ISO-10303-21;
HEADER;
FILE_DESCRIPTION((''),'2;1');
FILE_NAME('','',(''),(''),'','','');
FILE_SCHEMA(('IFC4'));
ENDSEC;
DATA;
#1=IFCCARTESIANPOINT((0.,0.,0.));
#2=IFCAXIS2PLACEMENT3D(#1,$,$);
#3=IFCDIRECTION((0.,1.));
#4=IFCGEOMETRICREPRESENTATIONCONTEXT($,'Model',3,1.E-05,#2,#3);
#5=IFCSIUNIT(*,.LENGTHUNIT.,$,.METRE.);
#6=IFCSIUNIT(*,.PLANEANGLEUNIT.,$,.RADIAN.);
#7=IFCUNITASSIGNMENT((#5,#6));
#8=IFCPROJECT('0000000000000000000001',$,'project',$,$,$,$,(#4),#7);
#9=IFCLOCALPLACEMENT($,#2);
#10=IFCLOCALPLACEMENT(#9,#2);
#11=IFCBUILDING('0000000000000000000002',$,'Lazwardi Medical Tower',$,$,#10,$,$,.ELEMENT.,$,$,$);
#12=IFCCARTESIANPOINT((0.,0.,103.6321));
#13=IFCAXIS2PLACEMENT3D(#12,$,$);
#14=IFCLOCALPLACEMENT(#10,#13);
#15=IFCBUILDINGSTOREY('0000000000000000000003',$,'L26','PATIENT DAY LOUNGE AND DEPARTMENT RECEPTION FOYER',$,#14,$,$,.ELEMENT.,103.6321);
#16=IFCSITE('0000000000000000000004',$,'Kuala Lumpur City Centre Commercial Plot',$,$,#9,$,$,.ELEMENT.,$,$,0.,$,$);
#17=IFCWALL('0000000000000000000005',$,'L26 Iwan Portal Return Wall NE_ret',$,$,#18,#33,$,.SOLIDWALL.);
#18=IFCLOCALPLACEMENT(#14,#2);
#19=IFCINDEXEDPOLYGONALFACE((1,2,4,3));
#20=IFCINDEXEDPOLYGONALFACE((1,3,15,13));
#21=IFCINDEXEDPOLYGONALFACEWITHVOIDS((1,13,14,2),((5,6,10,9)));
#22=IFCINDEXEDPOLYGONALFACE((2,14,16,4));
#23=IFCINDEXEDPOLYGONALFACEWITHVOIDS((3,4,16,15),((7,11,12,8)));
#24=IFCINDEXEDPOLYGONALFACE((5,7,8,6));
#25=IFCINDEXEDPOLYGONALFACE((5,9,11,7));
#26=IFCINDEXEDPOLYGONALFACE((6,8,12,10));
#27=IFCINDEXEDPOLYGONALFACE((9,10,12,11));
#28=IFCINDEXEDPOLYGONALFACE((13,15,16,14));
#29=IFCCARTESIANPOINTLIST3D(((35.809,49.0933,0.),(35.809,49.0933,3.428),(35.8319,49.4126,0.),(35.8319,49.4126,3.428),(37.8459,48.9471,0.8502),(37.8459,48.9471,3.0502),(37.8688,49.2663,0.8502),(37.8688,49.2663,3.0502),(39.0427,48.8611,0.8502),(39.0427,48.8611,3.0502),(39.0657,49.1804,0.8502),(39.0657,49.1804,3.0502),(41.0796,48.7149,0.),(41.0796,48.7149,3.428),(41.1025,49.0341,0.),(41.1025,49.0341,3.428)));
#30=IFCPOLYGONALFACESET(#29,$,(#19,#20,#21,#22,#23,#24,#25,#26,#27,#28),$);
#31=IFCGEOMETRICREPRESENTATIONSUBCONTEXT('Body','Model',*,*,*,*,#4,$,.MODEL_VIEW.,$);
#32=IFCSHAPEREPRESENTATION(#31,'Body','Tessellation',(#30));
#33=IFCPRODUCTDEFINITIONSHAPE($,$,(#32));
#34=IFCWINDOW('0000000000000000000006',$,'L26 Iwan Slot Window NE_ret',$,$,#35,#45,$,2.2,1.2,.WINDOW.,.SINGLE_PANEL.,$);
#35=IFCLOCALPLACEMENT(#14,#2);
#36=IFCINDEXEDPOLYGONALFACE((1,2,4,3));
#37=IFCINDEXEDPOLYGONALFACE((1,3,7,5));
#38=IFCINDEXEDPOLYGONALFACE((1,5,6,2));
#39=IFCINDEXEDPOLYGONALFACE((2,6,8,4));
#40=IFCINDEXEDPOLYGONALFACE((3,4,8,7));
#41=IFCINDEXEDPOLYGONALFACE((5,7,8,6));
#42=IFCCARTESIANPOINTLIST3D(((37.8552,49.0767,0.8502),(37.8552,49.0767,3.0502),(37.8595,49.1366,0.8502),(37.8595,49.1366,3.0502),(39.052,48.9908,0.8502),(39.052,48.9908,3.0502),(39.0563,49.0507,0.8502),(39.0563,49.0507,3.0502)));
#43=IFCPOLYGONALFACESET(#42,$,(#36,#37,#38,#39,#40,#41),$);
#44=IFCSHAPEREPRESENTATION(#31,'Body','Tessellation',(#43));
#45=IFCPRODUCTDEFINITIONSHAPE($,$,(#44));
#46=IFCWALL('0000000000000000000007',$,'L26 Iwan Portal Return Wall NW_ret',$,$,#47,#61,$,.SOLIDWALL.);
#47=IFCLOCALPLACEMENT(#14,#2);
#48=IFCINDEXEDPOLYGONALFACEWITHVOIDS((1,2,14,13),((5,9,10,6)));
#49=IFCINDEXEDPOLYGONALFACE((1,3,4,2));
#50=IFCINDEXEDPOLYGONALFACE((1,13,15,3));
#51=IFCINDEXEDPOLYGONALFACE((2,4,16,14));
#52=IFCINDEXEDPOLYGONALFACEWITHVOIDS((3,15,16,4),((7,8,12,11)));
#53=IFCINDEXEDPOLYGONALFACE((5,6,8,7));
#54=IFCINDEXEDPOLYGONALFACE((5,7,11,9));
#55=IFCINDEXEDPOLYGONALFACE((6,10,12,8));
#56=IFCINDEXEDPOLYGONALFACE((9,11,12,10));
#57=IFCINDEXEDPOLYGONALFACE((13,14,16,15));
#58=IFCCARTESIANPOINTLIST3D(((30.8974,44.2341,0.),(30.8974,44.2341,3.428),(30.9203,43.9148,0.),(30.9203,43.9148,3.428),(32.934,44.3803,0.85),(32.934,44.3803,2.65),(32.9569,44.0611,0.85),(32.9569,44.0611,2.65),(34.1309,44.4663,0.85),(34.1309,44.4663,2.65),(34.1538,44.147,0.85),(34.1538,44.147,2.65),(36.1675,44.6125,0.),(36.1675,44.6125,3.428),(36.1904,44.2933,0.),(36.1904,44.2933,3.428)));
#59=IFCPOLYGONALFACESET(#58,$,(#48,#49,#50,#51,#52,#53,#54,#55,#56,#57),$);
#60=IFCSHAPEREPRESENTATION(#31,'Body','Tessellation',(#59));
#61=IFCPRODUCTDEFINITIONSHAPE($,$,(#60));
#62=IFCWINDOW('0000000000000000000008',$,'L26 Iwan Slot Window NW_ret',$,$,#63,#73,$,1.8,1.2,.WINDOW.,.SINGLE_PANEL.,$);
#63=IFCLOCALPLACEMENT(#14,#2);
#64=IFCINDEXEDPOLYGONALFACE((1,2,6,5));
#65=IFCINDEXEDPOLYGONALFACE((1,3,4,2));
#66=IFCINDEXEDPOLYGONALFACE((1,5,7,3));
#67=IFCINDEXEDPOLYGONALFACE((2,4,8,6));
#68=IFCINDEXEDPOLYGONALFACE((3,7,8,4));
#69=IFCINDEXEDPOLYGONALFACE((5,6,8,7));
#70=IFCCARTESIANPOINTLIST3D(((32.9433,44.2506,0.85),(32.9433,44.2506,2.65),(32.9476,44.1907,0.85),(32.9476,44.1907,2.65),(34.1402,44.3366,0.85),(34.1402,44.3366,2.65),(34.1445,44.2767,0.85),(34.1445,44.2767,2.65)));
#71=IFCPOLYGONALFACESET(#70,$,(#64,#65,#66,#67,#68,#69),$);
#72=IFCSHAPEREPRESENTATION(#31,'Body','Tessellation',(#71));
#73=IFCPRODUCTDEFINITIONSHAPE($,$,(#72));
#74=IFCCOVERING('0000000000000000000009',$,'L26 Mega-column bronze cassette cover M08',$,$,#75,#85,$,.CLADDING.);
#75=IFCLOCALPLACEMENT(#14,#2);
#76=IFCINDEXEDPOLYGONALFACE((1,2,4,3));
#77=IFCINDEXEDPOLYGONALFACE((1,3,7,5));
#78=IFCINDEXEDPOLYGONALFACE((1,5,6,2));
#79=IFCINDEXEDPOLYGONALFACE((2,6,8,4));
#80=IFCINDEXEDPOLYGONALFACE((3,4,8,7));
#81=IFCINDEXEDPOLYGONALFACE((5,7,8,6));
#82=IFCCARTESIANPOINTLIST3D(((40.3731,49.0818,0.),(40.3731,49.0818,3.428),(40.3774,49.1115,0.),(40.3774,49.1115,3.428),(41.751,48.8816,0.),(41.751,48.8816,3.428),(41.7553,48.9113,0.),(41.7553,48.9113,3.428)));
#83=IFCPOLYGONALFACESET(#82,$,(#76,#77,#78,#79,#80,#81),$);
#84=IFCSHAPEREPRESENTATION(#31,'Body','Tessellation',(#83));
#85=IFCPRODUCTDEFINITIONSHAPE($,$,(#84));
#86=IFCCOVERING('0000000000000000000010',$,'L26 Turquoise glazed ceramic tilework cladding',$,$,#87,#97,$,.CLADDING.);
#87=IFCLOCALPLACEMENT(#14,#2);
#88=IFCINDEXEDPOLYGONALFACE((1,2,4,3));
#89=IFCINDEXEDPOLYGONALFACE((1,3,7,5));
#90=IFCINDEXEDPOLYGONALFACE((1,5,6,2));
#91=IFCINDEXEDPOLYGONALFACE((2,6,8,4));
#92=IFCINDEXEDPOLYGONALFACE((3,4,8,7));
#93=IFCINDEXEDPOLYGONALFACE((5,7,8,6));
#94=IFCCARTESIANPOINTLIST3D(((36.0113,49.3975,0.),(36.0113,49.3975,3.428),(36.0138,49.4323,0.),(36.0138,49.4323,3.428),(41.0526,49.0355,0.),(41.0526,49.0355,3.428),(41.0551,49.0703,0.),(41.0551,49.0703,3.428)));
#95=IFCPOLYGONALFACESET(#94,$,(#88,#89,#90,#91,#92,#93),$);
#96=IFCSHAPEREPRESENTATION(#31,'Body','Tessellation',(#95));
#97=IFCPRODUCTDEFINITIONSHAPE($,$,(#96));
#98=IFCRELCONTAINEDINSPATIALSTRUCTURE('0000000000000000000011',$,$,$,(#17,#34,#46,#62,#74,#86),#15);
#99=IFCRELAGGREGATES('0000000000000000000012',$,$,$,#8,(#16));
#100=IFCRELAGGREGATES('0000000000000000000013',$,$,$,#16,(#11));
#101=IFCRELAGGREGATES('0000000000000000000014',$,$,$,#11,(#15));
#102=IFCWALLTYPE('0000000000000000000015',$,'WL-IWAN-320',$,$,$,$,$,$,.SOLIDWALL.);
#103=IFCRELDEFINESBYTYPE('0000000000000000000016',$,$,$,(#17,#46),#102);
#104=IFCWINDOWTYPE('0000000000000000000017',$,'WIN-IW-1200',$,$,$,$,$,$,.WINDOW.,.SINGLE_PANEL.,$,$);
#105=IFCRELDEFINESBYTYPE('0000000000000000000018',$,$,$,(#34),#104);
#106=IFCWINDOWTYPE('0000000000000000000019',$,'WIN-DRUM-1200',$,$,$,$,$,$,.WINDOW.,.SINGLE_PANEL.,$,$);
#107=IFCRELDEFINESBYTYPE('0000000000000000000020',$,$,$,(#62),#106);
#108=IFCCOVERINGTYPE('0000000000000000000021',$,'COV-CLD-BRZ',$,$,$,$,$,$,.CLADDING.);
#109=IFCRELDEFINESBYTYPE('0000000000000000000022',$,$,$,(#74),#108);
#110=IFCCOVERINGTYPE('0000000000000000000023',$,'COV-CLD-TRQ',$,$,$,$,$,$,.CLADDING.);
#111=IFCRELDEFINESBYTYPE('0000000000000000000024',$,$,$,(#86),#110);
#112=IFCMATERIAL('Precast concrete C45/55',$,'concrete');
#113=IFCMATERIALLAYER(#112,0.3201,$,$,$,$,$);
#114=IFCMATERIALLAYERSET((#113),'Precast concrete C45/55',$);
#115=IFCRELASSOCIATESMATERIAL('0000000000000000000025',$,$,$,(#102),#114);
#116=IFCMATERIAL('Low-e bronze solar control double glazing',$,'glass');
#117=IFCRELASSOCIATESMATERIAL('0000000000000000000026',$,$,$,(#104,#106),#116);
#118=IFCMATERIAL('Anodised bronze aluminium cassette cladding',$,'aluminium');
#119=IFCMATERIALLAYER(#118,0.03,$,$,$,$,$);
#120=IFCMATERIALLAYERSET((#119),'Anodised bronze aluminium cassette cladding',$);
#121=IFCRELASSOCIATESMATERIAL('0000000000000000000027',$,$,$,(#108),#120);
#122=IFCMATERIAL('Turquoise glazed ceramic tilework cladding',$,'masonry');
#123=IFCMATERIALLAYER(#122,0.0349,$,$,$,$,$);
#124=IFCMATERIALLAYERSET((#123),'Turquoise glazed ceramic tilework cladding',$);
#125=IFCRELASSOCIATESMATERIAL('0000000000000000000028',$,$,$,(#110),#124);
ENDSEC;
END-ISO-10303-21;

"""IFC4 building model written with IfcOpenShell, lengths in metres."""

from ifc_helpers import new_model, si_unit, direction, frame, frame_2d, origin, origin_2d, place, context, subcontext, project, spatial, rectangle, extrude, material, layer, layer_set, type_object, element, fill, save


model = new_model("IFC4")

# Units and contexts
model_context = context("Model", 3, precision=1e-05, world=origin(), true_north=direction((0.0, 1.0)))
body_context = subcontext(model_context, "Body", "Model", "MODEL_VIEW")
ifc_project = project(units=[si_unit("LENGTHUNIT", "METRE"), si_unit("PLANEANGLEUNIT", "RADIAN")], contexts=[model_context])

# Site, building, storey
site_placement = place(None, origin())
site = spatial("IfcSite", under=ifc_project, at=site_placement, Name="Kuala Lumpur City Centre Commercial Plot", CompositionType="ELEMENT", RefElevation=0.0)
building_placement = place(site_placement, origin())
building = spatial("IfcBuilding", under=site, at=building_placement, Name="Lazwardi Medical Tower", CompositionType="ELEMENT")
storey_placement = place(building_placement, frame((0.0, 0.0, 103.6321)))
storey = spatial("IfcBuildingStorey", under=building, at=storey_placement, Name="L26", Description="PATIENT DAY LOUNGE AND DEPARTMENT RECEPTION FOYER", CompositionType="ELEMENT", Elevation=103.6321)

# Shared definitions
ifc_material_1 = material(Name="Low-e bronze solar control double glazing", Category="glass")

# Walls, openings, windows
ifc_material_2 = material(Name="Precast concrete C45/55", Category="concrete")
ifc_layer_1 = layer(ifc_material_2, 0.3201)
ifc_layer_set_1 = layer_set([ifc_layer_1], Name="Precast concrete C45/55")
wall_type = type_object("IfcWallType", Name="WL-IWAN-320", PredefinedType="SOLIDWALL", material=ifc_layer_set_1)
wall_1_placement = place(storey_placement, frame((41.0911, 48.8745, 0.0), z_axis=(0.0, 0.0, 1.0), x_axis=(-0.997432, 0.071615, 0.0)))
wall_1 = element("IfcWall", 1, at=wall_1_placement, inside=storey, type_object=wall_type, Name="L26 Iwan Portal Return Wall NE_ret", PredefinedType="SOLIDWALL", context=body_context, shape_type="SweptSolid", body=[
    extrude(rectangle(XDim=5.2842, YDim=0.3201, at=frame_2d((2.6421, 0.0))), origin(), (0.0, 0.0, 1.0), 3.428),
])
opening_1_placement = place(wall_1_placement, frame((2.042, 0.0, 0.8501)))
opening_1 = element("IfcOpeningElement", 2, at=opening_1_placement, cuts=wall_1, PredefinedType="OPENING", context=body_context, shape_type="SweptSolid", body=[
    extrude(rectangle(XDim=1.2, YDim=2.2, at=frame_2d((0.6001, 1.1001))), frame((0.0, 0.1699, 0.0), z_axis=(0.0, -1.0, 0.0), x_axis=(1.0, 0.0, 0.0)), (0.0, 0.0, 1.0), 0.3401),
])
window_type_1 = type_object("IfcWindowType", Name="WIN-IW-1200", PartitioningType="SINGLE_PANEL", PredefinedType="WINDOW", material=ifc_material_1)
window_1_placement = place(opening_1_placement, origin())
window_1 = element("IfcWindow", 3, at=window_1_placement, inside=storey, type_object=window_type_1, Name="L26 Iwan Slot Window NE_ret", OverallHeight=2.2, OverallWidth=1.2, PartitioningType="SINGLE_PANEL", PredefinedType="WINDOW", context=body_context, shape_type="SweptSolid", body=[
    extrude(rectangle(XDim=1.2, YDim=2.2, at=frame_2d((0.6001, 1.1001))), frame((0.0, 0.03, 0.0), z_axis=(0.0, -1.0, 0.0), x_axis=(1.0, 0.0, 0.0)), (0.0, 0.0, 1.0), 0.0601),
])
fill(opening_1, window_1)
wall_2_placement = place(storey_placement, frame((36.179, 44.4529, 0.0), z_axis=(0.0, 0.0, 1.0), x_axis=(-0.997432, -0.071621, 0.0)))
wall_2 = element("IfcWall", 4, at=wall_2_placement, inside=storey, type_object=wall_type, Name="L26 Iwan Portal Return Wall NW_ret", PredefinedType="SOLIDWALL", context=body_context, shape_type="SweptSolid", body=[
    extrude(rectangle(XDim=5.2837, YDim=0.3201, at=frame_2d((2.6418, 0.0))), origin(), (0.0, 0.0, 1.0), 3.428),
])
opening_2_placement = place(wall_2_placement, frame((2.0417, 0.0, 0.8501)))
opening_2 = element("IfcOpeningElement", 5, at=opening_2_placement, cuts=wall_2, PredefinedType="OPENING", context=body_context, shape_type="SweptSolid", body=[
    extrude(rectangle(XDim=1.2, YDim=1.8, at=frame_2d((0.6001, 0.8999))), frame((0.0, 0.1699, 0.0), z_axis=(0.0, -1.0, 0.0), x_axis=(1.0, 0.0, 0.0)), (0.0, 0.0, 1.0), 0.3401),
])
window_type_2 = type_object("IfcWindowType", Name="WIN-DRUM-1200", PartitioningType="SINGLE_PANEL", PredefinedType="WINDOW", material=ifc_material_1)
window_2_placement = place(opening_2_placement, origin())
window_2 = element("IfcWindow", 6, at=window_2_placement, inside=storey, type_object=window_type_2, Name="L26 Iwan Slot Window NW_ret", OverallHeight=1.8, OverallWidth=1.2, PartitioningType="SINGLE_PANEL", PredefinedType="WINDOW", context=body_context, shape_type="SweptSolid", body=[
    extrude(rectangle(XDim=1.2, YDim=1.8, at=frame_2d((0.6001, 0.8999))), frame((0.0, 0.03, 0.0), z_axis=(0.0, -1.0, 0.0), x_axis=(1.0, 0.0, 0.0)), (0.0, 0.0, 1.0), 0.0601),
])
fill(opening_2, window_2)

# Coverings
ifc_material_3 = material(Name="Anodised bronze aluminium cassette cladding", Category="aluminium")
ifc_layer_2 = layer(ifc_material_3, 0.03)
ifc_layer_set_2 = layer_set([ifc_layer_2], Name="Anodised bronze aluminium cassette cladding")
covering_type_1 = type_object("IfcCoveringType", Name="COV-CLD-BRZ", PredefinedType="CLADDING", material=ifc_layer_set_2)
covering_1_placement = place(storey_placement, frame((41.0642, 48.9966, 0.0), z_axis=(0.0, 0.0, 1.0), x_axis=(-0.989609, 0.143785, 0.0)))
element("IfcCovering", 7, at=covering_1_placement, inside=storey, type_object=covering_type_1, Name="L26 Mega-column bronze cassette cover M08", PredefinedType="CLADDING", context=body_context, shape_type="SweptSolid", body=[
    extrude(rectangle(XDim=1.3923, YDim=0.03, at=origin_2d()), origin(), (0.0, 0.0, 1.0), 3.428),
])
ifc_material_4 = material(Name="Turquoise glazed ceramic tilework cladding", Category="masonry")
ifc_layer_3 = layer(ifc_material_4, 0.0349)
ifc_layer_set_3 = layer_set([ifc_layer_3], Name="Turquoise glazed ceramic tilework cladding")
covering_type_2 = type_object("IfcCoveringType", Name="COV-CLD-TRQ", PredefinedType="CLADDING", material=ifc_layer_set_3)
covering_2_placement = place(storey_placement, frame((38.5332, 49.2339, 0.0), z_axis=(0.0, 0.0, 1.0), x_axis=(-0.997432, 0.071625, 0.0)))
element("IfcCovering", 8, at=covering_2_placement, inside=storey, type_object=covering_type_2, Name="L26 Turquoise glazed ceramic tilework cladding", PredefinedType="CLADDING", context=body_context, shape_type="SweptSolid", body=[
    extrude(rectangle(XDim=5.0542, YDim=0.0349, at=origin_2d()), origin(), (0.0, 0.0, 1.0), 3.428),
])

save(model, "model.ifc")
